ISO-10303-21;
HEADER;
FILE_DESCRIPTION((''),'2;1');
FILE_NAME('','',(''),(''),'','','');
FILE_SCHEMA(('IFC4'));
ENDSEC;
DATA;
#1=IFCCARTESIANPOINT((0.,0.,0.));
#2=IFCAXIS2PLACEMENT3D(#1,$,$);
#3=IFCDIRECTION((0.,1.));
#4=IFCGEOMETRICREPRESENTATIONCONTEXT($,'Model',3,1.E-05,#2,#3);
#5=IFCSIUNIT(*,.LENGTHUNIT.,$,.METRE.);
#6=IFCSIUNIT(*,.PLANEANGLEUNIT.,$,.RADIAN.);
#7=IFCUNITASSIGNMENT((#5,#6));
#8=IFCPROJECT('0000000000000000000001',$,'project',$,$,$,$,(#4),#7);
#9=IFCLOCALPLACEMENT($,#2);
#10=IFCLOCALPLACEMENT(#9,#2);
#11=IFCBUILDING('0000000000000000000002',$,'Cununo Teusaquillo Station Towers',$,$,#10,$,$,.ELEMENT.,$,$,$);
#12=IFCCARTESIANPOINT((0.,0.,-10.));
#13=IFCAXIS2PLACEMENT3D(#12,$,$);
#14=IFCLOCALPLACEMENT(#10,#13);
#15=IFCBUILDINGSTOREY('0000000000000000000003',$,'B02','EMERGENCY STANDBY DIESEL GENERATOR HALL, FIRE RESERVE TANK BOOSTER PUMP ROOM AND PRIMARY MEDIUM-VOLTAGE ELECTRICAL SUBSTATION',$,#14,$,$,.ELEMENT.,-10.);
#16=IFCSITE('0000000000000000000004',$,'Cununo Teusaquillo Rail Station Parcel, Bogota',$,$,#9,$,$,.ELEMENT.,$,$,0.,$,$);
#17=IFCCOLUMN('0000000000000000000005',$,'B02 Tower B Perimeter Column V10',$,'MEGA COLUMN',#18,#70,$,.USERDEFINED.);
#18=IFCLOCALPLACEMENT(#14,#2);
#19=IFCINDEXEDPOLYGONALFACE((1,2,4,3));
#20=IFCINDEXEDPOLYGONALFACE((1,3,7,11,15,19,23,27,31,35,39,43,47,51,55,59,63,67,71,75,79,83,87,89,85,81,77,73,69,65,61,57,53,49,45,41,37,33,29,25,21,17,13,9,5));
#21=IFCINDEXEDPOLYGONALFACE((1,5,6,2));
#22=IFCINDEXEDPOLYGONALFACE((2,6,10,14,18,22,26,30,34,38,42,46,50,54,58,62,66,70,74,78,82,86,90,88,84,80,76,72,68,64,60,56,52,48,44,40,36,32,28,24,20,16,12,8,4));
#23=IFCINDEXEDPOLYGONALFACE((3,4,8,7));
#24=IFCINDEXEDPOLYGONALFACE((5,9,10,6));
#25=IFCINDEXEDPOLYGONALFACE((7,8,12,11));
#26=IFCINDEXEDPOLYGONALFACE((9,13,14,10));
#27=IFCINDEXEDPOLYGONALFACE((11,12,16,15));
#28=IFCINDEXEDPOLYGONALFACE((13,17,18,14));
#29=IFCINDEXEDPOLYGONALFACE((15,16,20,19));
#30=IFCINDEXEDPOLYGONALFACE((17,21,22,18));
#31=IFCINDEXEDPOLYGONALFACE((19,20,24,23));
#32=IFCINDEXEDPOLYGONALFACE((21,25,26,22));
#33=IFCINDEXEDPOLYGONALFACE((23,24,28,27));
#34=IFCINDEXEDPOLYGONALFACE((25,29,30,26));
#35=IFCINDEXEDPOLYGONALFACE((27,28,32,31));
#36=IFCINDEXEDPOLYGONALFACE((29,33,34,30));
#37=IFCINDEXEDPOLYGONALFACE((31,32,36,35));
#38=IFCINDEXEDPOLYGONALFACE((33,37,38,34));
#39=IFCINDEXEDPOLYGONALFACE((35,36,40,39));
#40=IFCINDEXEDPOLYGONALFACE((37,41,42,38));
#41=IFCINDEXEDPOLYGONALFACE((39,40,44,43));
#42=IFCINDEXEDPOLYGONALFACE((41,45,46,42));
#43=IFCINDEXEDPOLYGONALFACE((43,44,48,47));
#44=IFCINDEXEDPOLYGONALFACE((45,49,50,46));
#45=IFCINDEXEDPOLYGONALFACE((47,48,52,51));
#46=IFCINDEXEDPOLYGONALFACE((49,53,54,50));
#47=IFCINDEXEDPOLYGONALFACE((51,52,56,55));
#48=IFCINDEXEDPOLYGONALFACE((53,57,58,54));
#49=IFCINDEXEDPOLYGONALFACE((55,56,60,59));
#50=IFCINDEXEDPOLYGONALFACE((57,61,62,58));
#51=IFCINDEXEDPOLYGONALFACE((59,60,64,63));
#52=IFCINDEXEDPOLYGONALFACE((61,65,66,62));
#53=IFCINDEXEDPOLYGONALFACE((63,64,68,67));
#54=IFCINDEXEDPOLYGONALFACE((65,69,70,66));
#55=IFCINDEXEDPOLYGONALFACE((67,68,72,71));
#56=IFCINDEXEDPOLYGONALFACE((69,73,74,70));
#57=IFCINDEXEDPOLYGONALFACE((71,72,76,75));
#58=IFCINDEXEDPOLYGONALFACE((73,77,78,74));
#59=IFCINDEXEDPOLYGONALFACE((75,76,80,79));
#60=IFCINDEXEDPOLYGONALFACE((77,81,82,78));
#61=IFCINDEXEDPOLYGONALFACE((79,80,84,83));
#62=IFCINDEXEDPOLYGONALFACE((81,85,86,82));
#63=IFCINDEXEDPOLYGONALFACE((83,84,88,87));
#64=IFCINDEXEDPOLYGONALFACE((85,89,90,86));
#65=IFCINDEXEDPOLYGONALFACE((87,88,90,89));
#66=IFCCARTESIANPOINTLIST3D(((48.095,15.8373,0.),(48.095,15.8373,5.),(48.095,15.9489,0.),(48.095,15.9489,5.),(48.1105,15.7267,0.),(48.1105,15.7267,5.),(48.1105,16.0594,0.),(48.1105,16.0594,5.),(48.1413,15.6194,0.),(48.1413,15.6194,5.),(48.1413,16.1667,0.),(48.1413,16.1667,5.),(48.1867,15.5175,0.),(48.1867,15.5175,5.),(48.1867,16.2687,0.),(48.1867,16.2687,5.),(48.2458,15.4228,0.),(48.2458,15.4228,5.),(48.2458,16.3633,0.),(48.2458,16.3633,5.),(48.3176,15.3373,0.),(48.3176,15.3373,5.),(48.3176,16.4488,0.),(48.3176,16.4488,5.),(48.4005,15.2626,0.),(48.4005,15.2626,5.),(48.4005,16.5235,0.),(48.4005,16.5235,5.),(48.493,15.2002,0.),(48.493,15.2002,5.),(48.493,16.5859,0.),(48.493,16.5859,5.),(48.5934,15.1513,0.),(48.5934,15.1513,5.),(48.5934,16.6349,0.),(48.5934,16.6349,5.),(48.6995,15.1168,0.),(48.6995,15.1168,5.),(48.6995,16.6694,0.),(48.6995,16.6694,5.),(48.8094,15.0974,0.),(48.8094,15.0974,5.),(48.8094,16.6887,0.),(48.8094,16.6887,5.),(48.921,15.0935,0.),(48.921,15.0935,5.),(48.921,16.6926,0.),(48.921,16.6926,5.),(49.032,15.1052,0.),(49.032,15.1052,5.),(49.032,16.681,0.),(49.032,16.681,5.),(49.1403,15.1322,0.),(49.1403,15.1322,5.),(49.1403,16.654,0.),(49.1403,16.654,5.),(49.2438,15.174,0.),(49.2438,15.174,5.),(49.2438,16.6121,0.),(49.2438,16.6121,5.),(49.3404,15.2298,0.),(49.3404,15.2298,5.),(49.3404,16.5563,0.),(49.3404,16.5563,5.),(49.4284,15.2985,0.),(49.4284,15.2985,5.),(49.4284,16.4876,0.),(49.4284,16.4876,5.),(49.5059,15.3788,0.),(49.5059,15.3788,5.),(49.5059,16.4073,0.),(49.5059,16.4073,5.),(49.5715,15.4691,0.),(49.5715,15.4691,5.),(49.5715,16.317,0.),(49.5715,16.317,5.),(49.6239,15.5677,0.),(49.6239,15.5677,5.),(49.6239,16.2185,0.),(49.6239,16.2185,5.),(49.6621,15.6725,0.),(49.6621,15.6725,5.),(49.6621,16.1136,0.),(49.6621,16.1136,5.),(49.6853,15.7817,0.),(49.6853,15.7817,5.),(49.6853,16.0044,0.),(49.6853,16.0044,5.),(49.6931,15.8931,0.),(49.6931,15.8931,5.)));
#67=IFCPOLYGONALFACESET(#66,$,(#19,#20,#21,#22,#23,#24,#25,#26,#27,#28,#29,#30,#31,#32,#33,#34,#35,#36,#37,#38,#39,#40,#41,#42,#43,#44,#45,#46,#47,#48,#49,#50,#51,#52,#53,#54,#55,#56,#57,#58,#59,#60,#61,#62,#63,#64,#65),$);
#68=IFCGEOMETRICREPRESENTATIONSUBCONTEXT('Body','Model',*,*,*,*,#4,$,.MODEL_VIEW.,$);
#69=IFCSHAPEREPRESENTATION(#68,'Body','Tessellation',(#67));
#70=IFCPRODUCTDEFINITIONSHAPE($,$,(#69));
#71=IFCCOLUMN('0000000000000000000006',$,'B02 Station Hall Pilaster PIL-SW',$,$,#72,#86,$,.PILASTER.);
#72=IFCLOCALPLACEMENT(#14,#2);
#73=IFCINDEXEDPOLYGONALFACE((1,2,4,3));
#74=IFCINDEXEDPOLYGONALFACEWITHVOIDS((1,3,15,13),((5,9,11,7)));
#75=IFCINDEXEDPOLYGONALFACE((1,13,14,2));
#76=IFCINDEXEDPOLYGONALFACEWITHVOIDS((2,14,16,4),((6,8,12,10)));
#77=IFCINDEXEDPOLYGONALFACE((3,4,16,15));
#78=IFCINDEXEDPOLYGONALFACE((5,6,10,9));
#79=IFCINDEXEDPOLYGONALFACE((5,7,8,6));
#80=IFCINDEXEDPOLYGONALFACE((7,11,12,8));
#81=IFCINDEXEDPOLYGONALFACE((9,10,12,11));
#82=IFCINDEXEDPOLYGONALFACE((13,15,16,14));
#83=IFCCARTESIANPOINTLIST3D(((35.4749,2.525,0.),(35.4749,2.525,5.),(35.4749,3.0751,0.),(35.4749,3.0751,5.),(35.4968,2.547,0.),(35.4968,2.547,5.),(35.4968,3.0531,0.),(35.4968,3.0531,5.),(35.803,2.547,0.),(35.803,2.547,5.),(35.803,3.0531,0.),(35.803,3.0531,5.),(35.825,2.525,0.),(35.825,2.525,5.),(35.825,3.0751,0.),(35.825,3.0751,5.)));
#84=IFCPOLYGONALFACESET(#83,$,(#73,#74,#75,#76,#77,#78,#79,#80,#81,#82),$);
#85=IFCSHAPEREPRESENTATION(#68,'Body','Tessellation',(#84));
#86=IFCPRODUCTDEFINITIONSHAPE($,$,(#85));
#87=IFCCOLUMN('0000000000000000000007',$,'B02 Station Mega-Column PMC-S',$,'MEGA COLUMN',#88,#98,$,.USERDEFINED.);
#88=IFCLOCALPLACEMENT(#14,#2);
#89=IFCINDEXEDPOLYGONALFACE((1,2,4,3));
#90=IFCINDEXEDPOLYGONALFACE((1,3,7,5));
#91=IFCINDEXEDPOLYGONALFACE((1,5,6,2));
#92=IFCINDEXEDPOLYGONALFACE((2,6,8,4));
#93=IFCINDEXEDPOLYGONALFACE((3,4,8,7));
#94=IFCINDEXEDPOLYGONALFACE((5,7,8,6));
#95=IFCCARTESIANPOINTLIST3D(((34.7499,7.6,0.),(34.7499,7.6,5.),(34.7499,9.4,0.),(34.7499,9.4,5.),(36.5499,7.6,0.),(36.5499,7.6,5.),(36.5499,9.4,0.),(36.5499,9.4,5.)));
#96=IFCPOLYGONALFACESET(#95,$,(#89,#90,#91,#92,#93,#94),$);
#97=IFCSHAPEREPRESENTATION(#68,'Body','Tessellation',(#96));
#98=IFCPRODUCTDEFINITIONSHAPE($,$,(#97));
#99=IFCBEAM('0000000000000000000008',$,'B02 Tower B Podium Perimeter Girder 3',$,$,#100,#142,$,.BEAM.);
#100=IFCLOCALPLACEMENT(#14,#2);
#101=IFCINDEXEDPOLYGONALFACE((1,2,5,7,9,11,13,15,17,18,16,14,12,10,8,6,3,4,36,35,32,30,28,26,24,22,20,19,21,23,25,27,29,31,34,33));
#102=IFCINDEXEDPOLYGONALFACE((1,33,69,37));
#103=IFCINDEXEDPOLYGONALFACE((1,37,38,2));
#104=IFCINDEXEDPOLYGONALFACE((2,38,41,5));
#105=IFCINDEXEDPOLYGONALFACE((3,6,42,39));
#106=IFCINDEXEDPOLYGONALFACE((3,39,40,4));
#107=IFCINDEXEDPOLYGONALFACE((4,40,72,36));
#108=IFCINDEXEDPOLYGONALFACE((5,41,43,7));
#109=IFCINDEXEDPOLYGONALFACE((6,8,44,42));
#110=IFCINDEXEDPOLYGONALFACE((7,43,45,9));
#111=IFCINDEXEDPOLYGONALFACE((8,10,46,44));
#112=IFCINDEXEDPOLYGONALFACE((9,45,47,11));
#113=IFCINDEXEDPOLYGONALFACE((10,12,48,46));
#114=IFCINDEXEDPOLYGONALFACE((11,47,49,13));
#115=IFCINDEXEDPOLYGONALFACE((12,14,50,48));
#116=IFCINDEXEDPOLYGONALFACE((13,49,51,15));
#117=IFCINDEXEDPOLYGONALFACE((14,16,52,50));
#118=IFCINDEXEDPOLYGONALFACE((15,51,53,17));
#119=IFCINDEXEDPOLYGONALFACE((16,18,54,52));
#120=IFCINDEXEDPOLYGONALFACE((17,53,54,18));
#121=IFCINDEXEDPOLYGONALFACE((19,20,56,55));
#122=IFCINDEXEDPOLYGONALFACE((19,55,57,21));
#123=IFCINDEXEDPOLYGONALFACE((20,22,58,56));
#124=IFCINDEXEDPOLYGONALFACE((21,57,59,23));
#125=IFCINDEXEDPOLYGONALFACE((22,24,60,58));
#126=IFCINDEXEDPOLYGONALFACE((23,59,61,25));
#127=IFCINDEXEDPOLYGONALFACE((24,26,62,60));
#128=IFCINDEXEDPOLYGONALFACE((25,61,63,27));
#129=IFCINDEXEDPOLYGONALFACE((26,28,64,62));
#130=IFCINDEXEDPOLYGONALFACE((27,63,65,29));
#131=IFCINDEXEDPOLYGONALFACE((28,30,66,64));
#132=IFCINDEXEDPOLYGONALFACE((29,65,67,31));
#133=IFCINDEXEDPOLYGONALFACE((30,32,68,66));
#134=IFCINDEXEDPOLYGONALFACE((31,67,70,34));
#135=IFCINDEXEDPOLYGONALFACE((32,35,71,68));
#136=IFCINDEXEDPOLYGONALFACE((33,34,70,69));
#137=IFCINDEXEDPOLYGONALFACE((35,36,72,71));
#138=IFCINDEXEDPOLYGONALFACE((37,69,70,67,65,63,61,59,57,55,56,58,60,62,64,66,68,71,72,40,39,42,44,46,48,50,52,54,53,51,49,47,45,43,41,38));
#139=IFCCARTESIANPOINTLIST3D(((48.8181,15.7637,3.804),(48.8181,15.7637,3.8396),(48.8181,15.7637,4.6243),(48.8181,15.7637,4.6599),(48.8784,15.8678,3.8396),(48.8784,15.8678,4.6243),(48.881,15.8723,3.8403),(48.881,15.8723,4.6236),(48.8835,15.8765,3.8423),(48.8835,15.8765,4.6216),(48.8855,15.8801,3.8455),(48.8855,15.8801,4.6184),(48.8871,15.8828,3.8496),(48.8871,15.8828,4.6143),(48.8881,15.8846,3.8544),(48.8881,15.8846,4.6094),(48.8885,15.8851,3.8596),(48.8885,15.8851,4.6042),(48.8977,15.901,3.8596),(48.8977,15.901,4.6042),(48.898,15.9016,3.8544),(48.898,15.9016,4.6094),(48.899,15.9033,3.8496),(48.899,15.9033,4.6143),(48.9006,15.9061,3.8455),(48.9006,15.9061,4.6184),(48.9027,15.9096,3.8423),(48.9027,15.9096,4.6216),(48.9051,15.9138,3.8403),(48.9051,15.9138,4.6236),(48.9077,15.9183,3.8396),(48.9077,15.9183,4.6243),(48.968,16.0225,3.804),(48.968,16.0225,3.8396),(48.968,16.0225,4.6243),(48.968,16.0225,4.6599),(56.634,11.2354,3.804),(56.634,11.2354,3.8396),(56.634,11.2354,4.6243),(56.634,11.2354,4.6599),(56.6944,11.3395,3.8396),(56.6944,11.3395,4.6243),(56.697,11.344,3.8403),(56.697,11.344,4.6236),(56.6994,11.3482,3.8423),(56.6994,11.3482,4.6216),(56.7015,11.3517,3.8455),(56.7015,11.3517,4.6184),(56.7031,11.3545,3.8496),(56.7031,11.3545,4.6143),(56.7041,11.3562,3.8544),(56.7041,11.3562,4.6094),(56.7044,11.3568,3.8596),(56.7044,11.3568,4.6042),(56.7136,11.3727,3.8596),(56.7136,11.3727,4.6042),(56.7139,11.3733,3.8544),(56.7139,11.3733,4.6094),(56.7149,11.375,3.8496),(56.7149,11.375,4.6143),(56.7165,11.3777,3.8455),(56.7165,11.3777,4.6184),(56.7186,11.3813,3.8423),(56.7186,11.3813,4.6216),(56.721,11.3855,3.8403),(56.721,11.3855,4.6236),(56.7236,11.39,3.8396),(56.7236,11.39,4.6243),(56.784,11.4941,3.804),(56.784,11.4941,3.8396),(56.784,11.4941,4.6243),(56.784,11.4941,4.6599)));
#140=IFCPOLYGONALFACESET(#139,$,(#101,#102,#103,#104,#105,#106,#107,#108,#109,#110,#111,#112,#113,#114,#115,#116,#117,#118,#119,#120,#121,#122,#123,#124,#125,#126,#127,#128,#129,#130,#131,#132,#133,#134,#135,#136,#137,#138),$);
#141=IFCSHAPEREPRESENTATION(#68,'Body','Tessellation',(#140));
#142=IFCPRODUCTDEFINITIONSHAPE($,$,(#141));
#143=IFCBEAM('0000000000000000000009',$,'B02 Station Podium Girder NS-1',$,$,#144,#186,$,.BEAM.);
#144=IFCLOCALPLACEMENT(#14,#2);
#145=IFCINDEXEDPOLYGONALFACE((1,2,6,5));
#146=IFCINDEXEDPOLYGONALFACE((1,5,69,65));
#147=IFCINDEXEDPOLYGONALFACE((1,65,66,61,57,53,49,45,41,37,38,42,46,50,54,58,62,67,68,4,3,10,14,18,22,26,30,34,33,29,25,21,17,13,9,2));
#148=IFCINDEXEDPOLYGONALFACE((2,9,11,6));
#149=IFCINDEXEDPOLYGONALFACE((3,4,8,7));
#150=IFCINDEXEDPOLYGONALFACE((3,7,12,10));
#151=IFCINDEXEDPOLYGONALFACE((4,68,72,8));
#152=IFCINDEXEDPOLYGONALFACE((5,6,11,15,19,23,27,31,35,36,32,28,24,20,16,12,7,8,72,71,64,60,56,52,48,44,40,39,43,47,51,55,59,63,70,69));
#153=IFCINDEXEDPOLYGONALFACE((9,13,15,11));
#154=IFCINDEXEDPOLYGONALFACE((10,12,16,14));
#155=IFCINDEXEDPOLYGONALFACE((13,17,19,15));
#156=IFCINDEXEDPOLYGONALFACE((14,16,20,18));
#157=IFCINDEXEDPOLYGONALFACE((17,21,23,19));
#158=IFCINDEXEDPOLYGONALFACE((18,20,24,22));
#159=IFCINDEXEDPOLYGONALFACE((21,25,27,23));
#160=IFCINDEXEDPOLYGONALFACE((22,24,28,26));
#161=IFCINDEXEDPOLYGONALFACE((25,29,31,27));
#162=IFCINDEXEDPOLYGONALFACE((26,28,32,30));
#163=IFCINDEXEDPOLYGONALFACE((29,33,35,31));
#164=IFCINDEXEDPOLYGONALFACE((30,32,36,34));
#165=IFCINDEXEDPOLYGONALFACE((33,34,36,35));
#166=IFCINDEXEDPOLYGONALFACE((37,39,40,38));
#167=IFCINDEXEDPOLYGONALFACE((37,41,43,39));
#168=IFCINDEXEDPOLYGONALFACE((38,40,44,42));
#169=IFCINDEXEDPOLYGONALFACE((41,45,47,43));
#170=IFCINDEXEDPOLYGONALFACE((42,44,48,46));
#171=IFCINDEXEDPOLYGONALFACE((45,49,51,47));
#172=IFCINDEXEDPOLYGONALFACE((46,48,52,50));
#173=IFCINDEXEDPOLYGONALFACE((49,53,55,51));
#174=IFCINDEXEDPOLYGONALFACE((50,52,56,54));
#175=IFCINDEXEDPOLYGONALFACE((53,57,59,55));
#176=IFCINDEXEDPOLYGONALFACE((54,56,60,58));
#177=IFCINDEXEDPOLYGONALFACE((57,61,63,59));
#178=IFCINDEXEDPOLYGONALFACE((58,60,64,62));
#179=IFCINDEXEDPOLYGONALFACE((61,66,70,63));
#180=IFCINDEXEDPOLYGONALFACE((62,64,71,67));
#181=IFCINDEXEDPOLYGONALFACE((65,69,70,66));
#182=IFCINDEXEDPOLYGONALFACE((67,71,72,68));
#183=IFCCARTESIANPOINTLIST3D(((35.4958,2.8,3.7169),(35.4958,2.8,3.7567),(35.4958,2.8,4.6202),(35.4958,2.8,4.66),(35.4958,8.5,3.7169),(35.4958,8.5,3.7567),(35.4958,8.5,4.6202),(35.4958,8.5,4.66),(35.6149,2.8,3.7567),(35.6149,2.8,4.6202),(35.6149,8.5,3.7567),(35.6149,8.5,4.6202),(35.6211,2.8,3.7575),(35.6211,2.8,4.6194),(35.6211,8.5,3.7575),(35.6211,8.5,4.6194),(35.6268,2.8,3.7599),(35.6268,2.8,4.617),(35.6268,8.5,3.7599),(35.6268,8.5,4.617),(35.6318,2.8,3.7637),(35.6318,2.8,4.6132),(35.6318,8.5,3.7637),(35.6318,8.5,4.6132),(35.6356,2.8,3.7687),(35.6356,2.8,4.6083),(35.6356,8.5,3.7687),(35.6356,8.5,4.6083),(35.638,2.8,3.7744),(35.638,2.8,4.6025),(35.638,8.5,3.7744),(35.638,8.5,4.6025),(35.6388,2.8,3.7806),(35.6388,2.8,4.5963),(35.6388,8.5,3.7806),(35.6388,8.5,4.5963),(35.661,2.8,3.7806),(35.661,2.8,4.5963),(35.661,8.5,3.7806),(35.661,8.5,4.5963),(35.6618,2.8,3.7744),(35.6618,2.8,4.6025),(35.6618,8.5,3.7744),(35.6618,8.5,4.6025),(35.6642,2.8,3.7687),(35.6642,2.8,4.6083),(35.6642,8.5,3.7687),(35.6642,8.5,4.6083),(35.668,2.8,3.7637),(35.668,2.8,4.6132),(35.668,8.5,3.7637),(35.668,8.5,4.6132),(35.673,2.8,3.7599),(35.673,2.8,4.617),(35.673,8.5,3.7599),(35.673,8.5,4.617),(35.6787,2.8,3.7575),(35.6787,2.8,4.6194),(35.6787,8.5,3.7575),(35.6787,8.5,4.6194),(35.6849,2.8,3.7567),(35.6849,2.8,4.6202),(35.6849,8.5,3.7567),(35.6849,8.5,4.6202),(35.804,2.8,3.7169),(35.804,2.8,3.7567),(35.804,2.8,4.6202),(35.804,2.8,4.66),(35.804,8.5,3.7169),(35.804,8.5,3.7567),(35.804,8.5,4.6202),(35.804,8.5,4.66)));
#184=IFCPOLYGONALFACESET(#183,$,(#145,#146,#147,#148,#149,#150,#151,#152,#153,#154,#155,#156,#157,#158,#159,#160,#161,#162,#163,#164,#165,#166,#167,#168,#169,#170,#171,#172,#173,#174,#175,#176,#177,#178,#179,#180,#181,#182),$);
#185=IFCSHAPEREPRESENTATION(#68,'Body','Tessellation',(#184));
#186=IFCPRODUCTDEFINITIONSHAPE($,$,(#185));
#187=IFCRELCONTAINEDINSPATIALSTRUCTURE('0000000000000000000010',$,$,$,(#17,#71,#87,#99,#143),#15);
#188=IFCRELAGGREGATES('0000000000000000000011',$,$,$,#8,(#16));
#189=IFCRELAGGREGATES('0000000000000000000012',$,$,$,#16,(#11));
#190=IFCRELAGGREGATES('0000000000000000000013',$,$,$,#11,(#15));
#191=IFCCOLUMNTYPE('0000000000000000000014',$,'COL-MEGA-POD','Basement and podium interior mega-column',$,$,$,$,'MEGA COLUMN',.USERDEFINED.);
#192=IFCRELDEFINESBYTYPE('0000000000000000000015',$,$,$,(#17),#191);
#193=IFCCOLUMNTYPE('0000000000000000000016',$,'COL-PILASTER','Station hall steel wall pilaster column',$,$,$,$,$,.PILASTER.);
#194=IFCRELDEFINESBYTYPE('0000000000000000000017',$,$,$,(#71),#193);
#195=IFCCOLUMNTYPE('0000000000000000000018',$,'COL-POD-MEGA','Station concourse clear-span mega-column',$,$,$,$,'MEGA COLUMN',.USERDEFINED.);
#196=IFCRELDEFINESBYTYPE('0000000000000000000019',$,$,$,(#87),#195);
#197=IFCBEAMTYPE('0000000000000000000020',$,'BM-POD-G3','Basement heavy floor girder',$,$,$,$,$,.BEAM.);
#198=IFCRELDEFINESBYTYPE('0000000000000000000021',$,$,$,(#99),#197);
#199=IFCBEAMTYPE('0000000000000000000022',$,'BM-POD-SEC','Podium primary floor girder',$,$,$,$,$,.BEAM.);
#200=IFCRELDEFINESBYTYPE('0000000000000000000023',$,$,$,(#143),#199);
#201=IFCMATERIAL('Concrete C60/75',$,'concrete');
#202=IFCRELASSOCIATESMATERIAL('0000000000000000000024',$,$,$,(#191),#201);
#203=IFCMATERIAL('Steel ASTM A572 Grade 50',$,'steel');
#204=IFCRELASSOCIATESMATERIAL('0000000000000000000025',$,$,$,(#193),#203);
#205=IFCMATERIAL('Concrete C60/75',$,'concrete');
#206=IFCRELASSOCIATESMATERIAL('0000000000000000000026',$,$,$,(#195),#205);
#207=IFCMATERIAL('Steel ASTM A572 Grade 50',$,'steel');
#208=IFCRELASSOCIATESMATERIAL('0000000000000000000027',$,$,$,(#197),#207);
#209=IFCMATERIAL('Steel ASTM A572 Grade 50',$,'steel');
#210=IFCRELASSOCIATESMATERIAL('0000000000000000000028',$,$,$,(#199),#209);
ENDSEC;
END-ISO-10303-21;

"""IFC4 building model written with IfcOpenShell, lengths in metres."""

from ifc_helpers import new_model, si_unit, direction, frame, origin, origin_2d, place, context, subcontext, project, spatial, rectangle, hollow_rectangle, circle, i_section, extrude, material, material_profile, profile_set, type_object, element, save


model = new_model("IFC4")

# Units and contexts
model_context = context("Model", 3, precision=1e-05, world=origin(), true_north=direction((0.0, 1.0)))
body_context = subcontext(model_context, "Body", "Model", "MODEL_VIEW")
ifc_project = project(units=[si_unit("LENGTHUNIT", "METRE"), si_unit("PLANEANGLEUNIT", "RADIAN")], contexts=[model_context])

# Site, building, storey
site_placement = place(None, origin())
site = spatial("IfcSite", under=ifc_project, at=site_placement, Name="Cununo Teusaquillo Rail Station Parcel, Bogota", CompositionType="ELEMENT", RefElevation=0.0)
building_placement = place(site_placement, origin())
building = spatial("IfcBuilding", under=site, at=building_placement, Name="Cununo Teusaquillo Station Towers", CompositionType="ELEMENT")
storey_placement = place(building_placement, frame((0.0, 0.0, -10.0)))
storey = spatial("IfcBuildingStorey", under=building, at=storey_placement, Name="B02", Description="EMERGENCY STANDBY DIESEL GENERATOR HALL, FIRE RESERVE TANK BOOSTER PUMP ROOM AND PRIMARY MEDIUM-VOLTAGE ELECTRICAL SUBSTATION", CompositionType="ELEMENT", Elevation=-10.0)

# Columns
ifc_material_1 = material(Name="Concrete C60/75", Category="concrete")
ifc_material_profile_1 = material_profile(ifc_material_1, circle(Radius=0.8, at=origin_2d()), Name="RC-CIRC-1600")
ifc_profile_set_1 = profile_set([ifc_material_profile_1], Name="Concrete C60/75")
column_type_1 = type_object("IfcColumnType", Name="COL-MEGA-POD", Description="Basement and podium interior mega-column", ElementType="MEGA COLUMN", PredefinedType="USERDEFINED", material=ifc_profile_set_1)
column_1_placement = place(storey_placement, frame((48.8931, 15.8931, 0.0), z_axis=(0.0, 0.0, 1.0), x_axis=(1.0, 0.0, 0.0)))
element("IfcColumn", 1, at=column_1_placement, inside=storey, type_object=column_type_1, Name="B02 Tower B Perimeter Column V10", ObjectType="MEGA COLUMN", PredefinedType="USERDEFINED", context=body_context, shape_type="SweptSolid", body=[
    extrude(circle(Radius=0.8, at=origin_2d()), origin(), (0.0, 0.0, 1.0), 5.0),
])
ifc_material_2 = material(Name="Steel ASTM A572 Grade 50", Category="steel")
ifc_material_profile_2 = material_profile(ifc_material_2, hollow_rectangle(XDim=0.3501, YDim=0.55, WallThickness=0.022, at=origin_2d()), Name="RHS 550x350x22")
ifc_profile_set_2 = profile_set([ifc_material_profile_2], Name="Steel ASTM A572 Grade 50")
column_type_2 = type_object("IfcColumnType", Name="COL-PILASTER", Description="Station hall steel wall pilaster column", PredefinedType="PILASTER", material=ifc_profile_set_2)
column_2_placement = place(storey_placement, frame((35.6499, 2.8, 0.0), z_axis=(0.0, 0.0, 1.0), x_axis=(1.0, 0.0, 0.0)))
element("IfcColumn", 2, at=column_2_placement, inside=storey, type_object=column_type_2, Name="B02 Station Hall Pilaster PIL-SW", PredefinedType="PILASTER", context=body_context, shape_type="SweptSolid", body=[
    extrude(hollow_rectangle(XDim=0.3501, YDim=0.55, WallThickness=0.022, at=origin_2d()), origin(), (0.0, 0.0, 1.0), 5.0),
])
ifc_material_3 = material(Name="Concrete C60/75", Category="concrete")
ifc_material_profile_3 = material_profile(ifc_material_3, rectangle(XDim=1.8, YDim=1.8, at=origin_2d()), Name="RC-RECT-1800x1800")
ifc_profile_set_3 = profile_set([ifc_material_profile_3], Name="Concrete C60/75")
column_type_3 = type_object("IfcColumnType", Name="COL-POD-MEGA", Description="Station concourse clear-span mega-column", ElementType="MEGA COLUMN", PredefinedType="USERDEFINED", material=ifc_profile_set_3)
column_3_placement = place(storey_placement, frame((35.6499, 8.5, 0.0), z_axis=(0.0, 0.0, 1.0), x_axis=(1.0, 0.0, 0.0)))
element("IfcColumn", 3, at=column_3_placement, inside=storey, type_object=column_type_3, Name="B02 Station Mega-Column PMC-S", ObjectType="MEGA COLUMN", PredefinedType="USERDEFINED", context=body_context, shape_type="SweptSolid", body=[
    extrude(rectangle(XDim=1.8, YDim=1.8, at=origin_2d()), origin(), (0.0, 0.0, 1.0), 5.0),
])

# Beams
ifc_material_4 = material(Name="Steel ASTM A572 Grade 50", Category="steel")
ifc_material_profile_4 = material_profile(ifc_material_4, i_section(OverallWidth=0.2991, OverallDepth=0.856, WebThickness=0.0183, FlangeThickness=0.0356, FilletRadius=0.02, at=origin_2d()), Name="W33X201")
ifc_profile_set_4 = profile_set([ifc_material_profile_4], Name="Steel ASTM A572 Grade 50")
beam_type_1 = type_object("IfcBeamType", Name="BM-POD-G3", Description="Basement heavy floor girder", PredefinedType="BEAM", material=ifc_profile_set_4)
beam_1_placement = place(storey_placement, frame((48.8931, 15.8931, 4.2319), z_axis=(0.865267, -0.501311, 0.0), x_axis=(0.501311, 0.865267, 0.0)))
element("IfcBeam", 4, at=beam_1_placement, inside=storey, type_object=beam_type_1, Name="B02 Tower B Podium Perimeter Girder 3", PredefinedType="BEAM", context=body_context, shape_type="SweptSolid", body=[
    extrude(i_section(OverallWidth=0.2991, OverallDepth=0.856, WebThickness=0.0183, FlangeThickness=0.0356, FilletRadius=0.02, at=origin_2d()), origin(), (0.0, 0.0, 1.0), 9.033),
])
ifc_material_5 = material(Name="Steel ASTM A572 Grade 50", Category="steel")
ifc_material_profile_5 = material_profile(ifc_material_5, i_section(OverallWidth=0.3081, OverallDepth=0.9431, WebThickness=0.0222, FlangeThickness=0.0398, FilletRadius=0.0239, at=origin_2d()), Name="W36X232")
ifc_profile_set_5 = profile_set([ifc_material_profile_5], Name="Steel ASTM A572 Grade 50")
beam_type_2 = type_object("IfcBeamType", Name="BM-POD-SEC", Description="Podium primary floor girder", PredefinedType="BEAM", material=ifc_profile_set_5)
beam_2_placement = place(storey_placement, frame((35.6499, 2.8, 4.1885), z_axis=(0.0, 1.0, 0.0), x_axis=(-1.0, 0.0, 0.0)))
element("IfcBeam", 5, at=beam_2_placement, inside=storey, type_object=beam_type_2, Name="B02 Station Podium Girder NS-1", PredefinedType="BEAM", context=body_context, shape_type="SweptSolid", body=[
    extrude(i_section(OverallWidth=0.3081, OverallDepth=0.9431, WebThickness=0.0222, FlangeThickness=0.0398, FilletRadius=0.0239, at=origin_2d()), origin(), (0.0, 0.0, 1.0), 5.7),
])

save(model, "model.ifc")
